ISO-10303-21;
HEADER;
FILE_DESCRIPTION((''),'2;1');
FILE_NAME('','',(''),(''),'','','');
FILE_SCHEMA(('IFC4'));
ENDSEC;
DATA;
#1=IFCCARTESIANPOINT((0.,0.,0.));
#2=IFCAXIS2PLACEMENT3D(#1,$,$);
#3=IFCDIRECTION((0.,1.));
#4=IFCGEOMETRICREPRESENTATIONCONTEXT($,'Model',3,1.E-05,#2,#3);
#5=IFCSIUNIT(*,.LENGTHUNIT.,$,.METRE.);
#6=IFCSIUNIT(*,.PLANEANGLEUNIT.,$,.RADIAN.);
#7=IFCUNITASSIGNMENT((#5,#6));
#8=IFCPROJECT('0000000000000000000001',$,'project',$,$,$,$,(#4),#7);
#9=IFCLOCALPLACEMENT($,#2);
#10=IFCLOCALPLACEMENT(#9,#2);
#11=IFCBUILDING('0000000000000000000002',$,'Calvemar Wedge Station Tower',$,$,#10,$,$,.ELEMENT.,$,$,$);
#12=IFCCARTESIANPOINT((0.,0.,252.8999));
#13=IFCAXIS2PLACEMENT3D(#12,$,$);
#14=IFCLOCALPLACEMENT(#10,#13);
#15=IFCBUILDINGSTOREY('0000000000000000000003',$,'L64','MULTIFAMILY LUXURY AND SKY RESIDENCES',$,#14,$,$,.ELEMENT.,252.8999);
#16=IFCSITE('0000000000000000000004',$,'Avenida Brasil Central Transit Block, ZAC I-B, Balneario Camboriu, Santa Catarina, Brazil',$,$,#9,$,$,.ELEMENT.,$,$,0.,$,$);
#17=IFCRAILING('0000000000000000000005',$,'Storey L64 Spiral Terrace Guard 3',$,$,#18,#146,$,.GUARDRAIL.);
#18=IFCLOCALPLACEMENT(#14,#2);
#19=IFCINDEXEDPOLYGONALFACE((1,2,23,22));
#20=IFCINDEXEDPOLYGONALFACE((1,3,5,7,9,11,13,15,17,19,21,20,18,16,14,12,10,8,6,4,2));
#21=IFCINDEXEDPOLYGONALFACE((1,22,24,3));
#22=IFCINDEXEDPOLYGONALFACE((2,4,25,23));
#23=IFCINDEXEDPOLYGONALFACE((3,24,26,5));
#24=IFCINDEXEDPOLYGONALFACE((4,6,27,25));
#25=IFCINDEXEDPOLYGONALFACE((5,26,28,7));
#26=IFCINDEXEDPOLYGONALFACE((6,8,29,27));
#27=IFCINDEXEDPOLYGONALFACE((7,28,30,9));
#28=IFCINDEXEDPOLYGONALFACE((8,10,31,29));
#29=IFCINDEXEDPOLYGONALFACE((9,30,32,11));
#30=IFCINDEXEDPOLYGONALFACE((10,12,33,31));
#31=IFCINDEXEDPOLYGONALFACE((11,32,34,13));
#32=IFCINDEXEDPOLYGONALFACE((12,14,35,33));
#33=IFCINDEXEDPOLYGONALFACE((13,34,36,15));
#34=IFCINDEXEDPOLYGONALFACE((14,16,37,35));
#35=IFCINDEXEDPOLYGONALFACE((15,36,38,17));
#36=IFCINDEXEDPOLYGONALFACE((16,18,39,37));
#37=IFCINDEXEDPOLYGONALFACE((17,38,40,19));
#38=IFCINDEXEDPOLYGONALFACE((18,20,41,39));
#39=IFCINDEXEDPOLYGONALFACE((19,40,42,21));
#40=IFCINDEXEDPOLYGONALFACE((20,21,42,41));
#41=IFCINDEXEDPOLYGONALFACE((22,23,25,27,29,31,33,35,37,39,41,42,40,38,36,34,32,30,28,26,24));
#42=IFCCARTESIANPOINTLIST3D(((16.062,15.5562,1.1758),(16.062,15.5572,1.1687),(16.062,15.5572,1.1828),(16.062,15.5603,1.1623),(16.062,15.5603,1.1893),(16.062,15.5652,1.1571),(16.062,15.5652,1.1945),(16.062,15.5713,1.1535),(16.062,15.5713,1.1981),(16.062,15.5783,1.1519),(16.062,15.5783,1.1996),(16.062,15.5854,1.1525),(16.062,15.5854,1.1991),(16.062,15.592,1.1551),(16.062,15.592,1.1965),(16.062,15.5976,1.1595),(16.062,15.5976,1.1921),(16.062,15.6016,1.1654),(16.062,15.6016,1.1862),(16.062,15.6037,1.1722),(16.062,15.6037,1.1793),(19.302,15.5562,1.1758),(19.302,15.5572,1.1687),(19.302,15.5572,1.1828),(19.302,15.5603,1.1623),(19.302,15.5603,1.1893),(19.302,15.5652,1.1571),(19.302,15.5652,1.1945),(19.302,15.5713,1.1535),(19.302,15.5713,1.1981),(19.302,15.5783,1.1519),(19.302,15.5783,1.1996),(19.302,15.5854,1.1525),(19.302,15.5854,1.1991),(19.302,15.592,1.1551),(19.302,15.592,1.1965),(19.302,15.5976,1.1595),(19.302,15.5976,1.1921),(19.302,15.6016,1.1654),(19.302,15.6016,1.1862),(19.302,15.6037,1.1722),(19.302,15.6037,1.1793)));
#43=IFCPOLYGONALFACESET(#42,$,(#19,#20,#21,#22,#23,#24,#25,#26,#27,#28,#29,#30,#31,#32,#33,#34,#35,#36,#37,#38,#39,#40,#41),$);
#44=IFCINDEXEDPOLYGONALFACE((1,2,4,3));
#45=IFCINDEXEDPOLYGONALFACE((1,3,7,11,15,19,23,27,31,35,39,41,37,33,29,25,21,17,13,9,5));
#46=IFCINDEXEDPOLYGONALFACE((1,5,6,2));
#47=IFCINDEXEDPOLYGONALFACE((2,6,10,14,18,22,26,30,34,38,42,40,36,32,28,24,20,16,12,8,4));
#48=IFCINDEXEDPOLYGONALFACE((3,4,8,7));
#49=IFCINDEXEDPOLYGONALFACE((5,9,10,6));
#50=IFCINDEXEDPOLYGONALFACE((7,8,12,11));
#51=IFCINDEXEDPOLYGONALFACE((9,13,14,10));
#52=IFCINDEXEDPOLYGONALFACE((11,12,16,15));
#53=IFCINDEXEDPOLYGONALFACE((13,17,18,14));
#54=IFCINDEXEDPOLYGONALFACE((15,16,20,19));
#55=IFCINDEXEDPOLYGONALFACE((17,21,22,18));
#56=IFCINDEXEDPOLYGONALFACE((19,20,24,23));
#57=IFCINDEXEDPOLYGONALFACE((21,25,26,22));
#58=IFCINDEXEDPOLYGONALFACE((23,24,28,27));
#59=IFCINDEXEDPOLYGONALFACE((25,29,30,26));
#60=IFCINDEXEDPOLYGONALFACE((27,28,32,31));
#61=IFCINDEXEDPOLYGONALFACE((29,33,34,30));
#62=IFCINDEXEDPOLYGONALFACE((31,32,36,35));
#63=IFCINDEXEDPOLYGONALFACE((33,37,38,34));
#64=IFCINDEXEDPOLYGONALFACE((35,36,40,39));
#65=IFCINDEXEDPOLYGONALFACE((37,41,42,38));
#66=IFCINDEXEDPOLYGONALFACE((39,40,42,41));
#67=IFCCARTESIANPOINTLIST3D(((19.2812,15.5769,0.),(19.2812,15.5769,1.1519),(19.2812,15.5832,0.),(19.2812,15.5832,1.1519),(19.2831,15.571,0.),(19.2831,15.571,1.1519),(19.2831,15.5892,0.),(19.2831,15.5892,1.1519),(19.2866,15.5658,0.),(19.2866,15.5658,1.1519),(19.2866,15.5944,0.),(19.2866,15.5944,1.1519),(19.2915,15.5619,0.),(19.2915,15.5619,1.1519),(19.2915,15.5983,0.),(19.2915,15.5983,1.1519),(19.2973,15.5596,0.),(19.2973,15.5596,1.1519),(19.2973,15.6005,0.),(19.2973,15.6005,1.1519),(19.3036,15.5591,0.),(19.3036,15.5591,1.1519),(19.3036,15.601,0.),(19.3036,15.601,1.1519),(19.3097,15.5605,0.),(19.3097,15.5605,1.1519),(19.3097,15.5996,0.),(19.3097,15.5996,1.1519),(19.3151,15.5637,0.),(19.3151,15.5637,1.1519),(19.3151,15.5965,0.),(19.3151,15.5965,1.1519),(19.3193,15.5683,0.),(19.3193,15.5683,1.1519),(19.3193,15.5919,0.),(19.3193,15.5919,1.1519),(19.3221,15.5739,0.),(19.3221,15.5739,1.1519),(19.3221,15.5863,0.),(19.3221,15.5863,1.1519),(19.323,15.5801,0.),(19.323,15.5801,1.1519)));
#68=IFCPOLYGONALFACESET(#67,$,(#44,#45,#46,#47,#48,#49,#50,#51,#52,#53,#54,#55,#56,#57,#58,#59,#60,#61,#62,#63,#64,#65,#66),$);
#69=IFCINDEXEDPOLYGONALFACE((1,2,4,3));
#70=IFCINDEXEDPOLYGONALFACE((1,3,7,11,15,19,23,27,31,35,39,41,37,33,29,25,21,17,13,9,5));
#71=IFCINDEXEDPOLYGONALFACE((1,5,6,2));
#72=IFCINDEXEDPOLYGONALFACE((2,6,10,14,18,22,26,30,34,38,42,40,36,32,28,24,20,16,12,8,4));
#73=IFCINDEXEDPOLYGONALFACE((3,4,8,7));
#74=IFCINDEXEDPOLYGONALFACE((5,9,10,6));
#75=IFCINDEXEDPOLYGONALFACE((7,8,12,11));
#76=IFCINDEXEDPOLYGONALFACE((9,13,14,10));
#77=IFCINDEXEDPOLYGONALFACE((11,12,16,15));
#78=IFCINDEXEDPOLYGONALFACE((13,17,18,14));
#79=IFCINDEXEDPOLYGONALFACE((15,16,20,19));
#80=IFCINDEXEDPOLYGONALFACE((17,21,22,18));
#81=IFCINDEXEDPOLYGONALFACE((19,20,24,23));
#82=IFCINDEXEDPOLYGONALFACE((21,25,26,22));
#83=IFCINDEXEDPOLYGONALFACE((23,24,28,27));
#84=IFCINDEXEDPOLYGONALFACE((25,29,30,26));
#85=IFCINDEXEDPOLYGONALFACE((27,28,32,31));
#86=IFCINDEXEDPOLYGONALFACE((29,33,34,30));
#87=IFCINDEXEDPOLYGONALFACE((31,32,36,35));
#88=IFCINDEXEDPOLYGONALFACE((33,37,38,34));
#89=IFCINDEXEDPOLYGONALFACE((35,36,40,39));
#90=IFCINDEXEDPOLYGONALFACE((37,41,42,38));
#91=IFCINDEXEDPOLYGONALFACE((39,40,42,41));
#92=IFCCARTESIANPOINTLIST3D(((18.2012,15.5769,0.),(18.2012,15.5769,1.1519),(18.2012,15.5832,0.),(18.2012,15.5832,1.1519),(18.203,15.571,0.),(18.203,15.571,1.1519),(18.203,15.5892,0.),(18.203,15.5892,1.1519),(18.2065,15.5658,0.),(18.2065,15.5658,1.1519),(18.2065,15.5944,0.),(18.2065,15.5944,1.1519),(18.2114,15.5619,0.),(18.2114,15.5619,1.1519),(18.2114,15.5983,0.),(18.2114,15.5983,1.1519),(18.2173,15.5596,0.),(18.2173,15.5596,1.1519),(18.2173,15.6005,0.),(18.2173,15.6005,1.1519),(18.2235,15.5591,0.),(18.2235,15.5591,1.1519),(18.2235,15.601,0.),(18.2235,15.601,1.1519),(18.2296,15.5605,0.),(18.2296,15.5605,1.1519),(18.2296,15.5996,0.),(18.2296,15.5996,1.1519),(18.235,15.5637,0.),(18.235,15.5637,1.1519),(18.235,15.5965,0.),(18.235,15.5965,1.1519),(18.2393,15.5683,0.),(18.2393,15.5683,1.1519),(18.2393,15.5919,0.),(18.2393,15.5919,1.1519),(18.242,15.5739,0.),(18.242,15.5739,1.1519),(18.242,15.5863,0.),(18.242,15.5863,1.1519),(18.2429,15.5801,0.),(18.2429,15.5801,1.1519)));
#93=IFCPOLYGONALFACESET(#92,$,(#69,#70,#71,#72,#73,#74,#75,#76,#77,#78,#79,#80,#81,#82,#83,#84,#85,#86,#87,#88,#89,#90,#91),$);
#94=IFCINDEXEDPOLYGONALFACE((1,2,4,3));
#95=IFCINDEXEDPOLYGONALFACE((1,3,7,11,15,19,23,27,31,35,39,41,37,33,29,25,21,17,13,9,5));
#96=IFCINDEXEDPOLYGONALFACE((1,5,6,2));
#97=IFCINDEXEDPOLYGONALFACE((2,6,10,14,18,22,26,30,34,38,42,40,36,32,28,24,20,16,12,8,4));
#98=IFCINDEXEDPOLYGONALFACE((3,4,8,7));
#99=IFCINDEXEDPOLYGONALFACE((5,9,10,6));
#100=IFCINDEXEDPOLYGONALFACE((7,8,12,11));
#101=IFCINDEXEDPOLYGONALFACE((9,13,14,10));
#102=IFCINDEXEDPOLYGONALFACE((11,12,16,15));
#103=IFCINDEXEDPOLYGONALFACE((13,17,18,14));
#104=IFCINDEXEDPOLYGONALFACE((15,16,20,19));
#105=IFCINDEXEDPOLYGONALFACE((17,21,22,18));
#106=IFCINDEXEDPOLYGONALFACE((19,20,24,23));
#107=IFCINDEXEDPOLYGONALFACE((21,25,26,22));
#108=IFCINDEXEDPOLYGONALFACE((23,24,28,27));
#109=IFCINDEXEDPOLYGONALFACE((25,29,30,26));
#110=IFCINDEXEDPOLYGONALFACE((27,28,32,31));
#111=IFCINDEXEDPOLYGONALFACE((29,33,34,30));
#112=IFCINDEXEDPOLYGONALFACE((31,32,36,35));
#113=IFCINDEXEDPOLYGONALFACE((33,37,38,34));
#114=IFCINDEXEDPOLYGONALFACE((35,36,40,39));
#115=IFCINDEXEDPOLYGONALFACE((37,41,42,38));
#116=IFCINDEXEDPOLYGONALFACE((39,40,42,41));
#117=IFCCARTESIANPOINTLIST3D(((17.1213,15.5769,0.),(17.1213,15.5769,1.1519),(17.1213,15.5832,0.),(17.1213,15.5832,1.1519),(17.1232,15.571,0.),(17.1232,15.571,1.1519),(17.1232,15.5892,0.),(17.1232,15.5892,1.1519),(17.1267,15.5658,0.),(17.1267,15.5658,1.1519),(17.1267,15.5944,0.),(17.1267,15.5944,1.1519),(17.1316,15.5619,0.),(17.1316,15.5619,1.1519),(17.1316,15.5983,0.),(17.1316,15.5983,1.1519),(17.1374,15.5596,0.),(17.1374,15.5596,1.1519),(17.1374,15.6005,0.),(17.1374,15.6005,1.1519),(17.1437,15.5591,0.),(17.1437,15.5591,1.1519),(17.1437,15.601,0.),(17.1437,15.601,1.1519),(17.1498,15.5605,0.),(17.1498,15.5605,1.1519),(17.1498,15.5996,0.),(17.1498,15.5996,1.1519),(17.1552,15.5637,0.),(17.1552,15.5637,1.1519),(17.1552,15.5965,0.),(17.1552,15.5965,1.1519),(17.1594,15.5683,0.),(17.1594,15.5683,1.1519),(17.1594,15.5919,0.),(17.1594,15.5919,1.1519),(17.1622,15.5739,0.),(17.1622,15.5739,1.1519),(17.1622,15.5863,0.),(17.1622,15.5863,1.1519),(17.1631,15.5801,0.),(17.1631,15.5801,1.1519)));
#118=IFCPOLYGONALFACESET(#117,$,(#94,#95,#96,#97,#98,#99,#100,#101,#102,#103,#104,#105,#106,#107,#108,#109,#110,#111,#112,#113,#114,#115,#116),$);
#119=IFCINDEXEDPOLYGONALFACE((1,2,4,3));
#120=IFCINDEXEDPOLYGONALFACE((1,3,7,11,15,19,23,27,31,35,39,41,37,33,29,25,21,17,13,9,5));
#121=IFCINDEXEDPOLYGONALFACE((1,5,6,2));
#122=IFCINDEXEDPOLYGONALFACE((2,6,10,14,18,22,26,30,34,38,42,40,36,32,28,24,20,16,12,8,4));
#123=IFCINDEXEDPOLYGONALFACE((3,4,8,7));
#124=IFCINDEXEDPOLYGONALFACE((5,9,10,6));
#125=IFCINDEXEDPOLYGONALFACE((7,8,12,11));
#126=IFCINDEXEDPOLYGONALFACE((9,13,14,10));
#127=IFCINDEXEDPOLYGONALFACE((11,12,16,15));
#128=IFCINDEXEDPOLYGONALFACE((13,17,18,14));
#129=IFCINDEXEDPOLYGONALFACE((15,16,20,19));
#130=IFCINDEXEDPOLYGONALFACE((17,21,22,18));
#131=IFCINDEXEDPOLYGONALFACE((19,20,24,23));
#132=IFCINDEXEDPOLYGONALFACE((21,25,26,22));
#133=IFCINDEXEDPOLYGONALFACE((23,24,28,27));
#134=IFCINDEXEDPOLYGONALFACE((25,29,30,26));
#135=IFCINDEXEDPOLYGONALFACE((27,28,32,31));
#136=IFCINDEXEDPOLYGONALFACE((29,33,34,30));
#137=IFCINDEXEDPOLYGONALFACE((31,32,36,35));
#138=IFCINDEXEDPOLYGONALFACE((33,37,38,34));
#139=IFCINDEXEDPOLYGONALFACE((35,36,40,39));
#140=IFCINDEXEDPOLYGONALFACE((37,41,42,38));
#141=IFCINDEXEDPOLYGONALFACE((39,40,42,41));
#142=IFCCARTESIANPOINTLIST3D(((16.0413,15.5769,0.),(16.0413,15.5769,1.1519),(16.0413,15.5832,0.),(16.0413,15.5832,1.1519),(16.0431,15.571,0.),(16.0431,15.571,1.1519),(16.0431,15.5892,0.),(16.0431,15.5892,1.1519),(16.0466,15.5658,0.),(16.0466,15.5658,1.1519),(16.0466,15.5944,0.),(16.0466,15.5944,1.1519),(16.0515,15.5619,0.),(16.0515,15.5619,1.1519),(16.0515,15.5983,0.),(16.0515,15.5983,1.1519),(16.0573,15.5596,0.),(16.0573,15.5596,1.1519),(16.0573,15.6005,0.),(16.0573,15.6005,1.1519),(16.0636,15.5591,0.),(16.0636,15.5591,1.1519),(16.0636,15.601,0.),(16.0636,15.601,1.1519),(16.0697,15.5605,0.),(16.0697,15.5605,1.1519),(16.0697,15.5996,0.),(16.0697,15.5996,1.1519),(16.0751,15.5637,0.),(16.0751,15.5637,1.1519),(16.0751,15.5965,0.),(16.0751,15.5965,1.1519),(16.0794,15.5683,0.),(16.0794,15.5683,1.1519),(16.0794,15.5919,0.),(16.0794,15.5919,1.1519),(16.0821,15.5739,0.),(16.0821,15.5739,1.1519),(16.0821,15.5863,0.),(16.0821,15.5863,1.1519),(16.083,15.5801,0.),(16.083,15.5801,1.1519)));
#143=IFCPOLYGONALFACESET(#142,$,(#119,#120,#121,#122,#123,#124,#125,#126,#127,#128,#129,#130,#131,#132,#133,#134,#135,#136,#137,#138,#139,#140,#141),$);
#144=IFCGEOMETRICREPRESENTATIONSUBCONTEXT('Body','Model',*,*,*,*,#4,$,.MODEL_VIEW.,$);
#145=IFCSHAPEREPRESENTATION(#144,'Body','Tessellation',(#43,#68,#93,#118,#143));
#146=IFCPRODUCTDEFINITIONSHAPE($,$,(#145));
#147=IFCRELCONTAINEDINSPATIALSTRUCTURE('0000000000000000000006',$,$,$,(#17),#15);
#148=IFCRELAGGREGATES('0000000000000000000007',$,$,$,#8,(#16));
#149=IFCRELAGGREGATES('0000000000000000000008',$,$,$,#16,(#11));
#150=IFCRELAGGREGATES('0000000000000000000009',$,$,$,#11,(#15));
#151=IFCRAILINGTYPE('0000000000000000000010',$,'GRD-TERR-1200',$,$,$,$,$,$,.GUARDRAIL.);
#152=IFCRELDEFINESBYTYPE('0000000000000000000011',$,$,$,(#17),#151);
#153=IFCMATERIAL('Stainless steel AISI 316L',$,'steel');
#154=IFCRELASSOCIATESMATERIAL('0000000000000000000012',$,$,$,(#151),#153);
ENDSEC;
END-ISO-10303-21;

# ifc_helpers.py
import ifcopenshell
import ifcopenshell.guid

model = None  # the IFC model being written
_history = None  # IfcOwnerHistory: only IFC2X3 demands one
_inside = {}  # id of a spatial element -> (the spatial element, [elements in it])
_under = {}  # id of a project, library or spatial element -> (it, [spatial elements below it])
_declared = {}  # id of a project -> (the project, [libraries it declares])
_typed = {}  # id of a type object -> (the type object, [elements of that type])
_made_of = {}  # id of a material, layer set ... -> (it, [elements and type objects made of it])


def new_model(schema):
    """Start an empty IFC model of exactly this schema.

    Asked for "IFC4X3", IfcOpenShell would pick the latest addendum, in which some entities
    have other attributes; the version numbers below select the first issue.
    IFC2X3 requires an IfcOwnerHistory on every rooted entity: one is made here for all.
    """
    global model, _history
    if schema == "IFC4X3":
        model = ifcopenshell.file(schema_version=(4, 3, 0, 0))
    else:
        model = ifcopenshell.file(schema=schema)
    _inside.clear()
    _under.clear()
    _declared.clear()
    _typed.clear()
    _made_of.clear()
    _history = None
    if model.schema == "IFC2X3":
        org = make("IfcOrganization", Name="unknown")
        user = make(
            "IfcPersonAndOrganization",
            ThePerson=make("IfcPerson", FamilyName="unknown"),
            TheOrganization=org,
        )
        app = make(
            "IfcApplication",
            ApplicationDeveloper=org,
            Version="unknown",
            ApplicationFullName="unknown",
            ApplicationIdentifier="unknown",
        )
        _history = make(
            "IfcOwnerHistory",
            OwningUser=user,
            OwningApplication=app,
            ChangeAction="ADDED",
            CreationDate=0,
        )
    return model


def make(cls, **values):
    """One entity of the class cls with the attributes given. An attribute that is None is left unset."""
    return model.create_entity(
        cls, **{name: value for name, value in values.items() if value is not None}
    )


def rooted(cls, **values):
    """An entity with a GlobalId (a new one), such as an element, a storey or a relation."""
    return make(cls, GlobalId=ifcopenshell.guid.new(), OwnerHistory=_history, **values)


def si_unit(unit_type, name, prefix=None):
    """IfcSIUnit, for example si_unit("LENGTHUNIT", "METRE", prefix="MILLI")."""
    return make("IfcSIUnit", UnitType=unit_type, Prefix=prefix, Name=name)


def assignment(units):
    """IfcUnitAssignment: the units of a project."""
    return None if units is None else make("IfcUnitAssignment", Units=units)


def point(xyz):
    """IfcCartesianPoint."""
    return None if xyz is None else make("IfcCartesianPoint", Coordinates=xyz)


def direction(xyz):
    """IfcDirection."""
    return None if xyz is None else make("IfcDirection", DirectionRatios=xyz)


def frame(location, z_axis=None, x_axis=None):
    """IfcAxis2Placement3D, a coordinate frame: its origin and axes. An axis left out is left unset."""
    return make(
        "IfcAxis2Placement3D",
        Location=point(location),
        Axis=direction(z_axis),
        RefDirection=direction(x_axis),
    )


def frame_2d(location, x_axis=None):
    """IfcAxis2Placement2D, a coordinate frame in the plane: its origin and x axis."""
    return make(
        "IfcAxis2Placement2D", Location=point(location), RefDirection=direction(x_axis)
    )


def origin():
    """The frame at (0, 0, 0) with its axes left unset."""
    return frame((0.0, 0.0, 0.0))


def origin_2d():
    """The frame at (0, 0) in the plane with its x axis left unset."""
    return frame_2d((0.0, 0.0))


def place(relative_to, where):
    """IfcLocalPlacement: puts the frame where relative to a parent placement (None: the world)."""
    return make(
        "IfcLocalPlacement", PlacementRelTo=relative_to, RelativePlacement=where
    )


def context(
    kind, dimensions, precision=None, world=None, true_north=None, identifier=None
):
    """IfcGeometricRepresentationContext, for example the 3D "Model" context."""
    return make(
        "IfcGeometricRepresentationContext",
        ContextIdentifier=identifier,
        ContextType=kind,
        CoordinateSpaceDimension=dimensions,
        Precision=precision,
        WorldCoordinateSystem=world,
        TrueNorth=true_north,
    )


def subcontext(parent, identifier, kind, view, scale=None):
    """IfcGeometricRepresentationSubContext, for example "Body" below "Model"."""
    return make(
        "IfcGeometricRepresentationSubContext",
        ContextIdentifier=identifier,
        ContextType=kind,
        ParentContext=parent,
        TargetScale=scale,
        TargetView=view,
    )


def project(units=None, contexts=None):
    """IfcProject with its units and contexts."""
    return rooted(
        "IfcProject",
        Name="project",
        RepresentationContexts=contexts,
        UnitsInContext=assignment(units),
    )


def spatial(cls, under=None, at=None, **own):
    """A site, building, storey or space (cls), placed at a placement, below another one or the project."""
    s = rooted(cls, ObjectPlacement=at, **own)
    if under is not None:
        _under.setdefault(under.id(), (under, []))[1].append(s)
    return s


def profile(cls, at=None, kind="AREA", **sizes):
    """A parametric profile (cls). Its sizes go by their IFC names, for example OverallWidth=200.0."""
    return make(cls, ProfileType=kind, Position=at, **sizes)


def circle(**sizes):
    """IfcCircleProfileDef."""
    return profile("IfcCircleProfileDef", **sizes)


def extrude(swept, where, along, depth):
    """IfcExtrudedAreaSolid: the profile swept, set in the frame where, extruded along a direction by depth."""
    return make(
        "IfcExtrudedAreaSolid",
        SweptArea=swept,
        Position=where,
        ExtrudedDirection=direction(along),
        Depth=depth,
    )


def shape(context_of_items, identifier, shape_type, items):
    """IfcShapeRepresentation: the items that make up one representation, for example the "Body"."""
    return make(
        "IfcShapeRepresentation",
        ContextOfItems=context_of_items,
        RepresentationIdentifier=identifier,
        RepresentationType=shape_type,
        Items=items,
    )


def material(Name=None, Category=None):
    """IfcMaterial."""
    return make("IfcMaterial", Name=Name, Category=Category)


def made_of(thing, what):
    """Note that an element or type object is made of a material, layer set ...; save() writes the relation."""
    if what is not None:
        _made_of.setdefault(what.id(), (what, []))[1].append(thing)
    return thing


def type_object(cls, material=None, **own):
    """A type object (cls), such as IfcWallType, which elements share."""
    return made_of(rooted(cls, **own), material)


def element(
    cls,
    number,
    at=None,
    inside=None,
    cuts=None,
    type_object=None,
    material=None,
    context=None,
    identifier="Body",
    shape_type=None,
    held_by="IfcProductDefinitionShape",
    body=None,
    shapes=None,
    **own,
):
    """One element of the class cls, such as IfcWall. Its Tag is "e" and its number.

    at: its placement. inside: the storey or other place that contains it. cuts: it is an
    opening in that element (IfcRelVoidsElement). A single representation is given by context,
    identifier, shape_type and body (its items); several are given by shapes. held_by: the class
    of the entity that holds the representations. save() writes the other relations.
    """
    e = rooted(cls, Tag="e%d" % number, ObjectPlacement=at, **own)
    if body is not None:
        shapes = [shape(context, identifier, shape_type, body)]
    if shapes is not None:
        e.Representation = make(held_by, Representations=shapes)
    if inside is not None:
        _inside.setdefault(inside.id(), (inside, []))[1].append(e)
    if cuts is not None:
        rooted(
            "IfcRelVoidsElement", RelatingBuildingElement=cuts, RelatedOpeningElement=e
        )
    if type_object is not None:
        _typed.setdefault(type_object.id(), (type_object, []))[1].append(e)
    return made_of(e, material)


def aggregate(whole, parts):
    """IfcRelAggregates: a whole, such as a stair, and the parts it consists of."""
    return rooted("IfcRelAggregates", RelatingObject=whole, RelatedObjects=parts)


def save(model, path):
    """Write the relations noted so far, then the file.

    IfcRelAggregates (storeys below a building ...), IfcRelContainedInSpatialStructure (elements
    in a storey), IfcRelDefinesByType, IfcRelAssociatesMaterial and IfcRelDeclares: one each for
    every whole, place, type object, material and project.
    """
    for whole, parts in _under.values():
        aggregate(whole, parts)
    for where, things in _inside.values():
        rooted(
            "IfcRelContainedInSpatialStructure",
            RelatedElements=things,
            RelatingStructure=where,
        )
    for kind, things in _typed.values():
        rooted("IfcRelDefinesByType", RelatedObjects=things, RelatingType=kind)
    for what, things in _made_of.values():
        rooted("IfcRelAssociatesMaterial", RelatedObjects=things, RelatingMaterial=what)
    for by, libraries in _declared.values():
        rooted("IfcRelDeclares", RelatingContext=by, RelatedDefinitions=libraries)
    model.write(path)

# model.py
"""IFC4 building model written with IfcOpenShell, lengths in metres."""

from ifc_helpers import new_model, si_unit, direction, frame, origin, origin_2d, place, context, subcontext, project, spatial, circle, extrude, material, type_object, element, save


model = new_model("IFC4")

# Units and contexts
model_context = context("Model", 3, precision=1e-05, world=origin(), true_north=direction((0.0, 1.0)))
body_context = subcontext(model_context, "Body", "Model", "MODEL_VIEW")
ifc_project = project(units=[si_unit("LENGTHUNIT", "METRE"), si_unit("PLANEANGLEUNIT", "RADIAN")], contexts=[model_context])

# Site, building, storey
site_placement = place(None, origin())
site = spatial("IfcSite", under=ifc_project, at=site_placement, Name="Avenida Brasil Central Transit Block, ZAC I-B, Balneario Camboriu, Santa Catarina, Brazil", CompositionType="ELEMENT", RefElevation=0.0)
building_placement = place(site_placement, origin())
building = spatial("IfcBuilding", under=site, at=building_placement, Name="Calvemar Wedge Station Tower", CompositionType="ELEMENT")
storey_placement = place(building_placement, frame((0.0, 0.0, 252.8999)))
storey = spatial("IfcBuildingStorey", under=building, at=storey_placement, Name="L64", Description="MULTIFAMILY LUXURY AND SKY RESIDENCES", CompositionType="ELEMENT", Elevation=252.8999)

# Railing
ifc_material_1 = material(Name="Stainless steel AISI 316L", Category="steel")
railing_type = type_object("IfcRailingType", Name="GRD-TERR-1200", PredefinedType="GUARDRAIL", material=ifc_material_1)
railing_1_placement = place(storey_placement, frame((19.302, 15.5801, 0.0)))
element("IfcRailing", 1, at=railing_1_placement, inside=storey, type_object=railing_type, Name="Storey L64 Spiral Terrace Guard 3", PredefinedType="GUARDRAIL", context=body_context, shape_type="SweptSolid", body=[
    extrude(circle(Radius=0.0239, at=origin_2d()), frame((0.0, 0.0, 1.1758), z_axis=(-1.0, 0.0, 0.0), x_axis=(0.0, -1.0, 0.0)), (0.0, 0.0, 1.0), 3.24),
    extrude(circle(Radius=0.021, at=origin_2d()), origin(), (0.0, 0.0, 1.0), 1.1519),
    extrude(circle(Radius=0.021, at=origin_2d()), frame((-1.0801, 0.0, 0.0)), (0.0, 0.0, 1.0), 1.1519),
    extrude(circle(Radius=0.021, at=origin_2d()), frame((-2.1599, 0.0, 0.0)), (0.0, 0.0, 1.0), 1.1519),
    extrude(circle(Radius=0.021, at=origin_2d()), frame((-3.24, 0.0, 0.0)), (0.0, 0.0, 1.0), 1.1519),
])

save(model, "model.ifc")
